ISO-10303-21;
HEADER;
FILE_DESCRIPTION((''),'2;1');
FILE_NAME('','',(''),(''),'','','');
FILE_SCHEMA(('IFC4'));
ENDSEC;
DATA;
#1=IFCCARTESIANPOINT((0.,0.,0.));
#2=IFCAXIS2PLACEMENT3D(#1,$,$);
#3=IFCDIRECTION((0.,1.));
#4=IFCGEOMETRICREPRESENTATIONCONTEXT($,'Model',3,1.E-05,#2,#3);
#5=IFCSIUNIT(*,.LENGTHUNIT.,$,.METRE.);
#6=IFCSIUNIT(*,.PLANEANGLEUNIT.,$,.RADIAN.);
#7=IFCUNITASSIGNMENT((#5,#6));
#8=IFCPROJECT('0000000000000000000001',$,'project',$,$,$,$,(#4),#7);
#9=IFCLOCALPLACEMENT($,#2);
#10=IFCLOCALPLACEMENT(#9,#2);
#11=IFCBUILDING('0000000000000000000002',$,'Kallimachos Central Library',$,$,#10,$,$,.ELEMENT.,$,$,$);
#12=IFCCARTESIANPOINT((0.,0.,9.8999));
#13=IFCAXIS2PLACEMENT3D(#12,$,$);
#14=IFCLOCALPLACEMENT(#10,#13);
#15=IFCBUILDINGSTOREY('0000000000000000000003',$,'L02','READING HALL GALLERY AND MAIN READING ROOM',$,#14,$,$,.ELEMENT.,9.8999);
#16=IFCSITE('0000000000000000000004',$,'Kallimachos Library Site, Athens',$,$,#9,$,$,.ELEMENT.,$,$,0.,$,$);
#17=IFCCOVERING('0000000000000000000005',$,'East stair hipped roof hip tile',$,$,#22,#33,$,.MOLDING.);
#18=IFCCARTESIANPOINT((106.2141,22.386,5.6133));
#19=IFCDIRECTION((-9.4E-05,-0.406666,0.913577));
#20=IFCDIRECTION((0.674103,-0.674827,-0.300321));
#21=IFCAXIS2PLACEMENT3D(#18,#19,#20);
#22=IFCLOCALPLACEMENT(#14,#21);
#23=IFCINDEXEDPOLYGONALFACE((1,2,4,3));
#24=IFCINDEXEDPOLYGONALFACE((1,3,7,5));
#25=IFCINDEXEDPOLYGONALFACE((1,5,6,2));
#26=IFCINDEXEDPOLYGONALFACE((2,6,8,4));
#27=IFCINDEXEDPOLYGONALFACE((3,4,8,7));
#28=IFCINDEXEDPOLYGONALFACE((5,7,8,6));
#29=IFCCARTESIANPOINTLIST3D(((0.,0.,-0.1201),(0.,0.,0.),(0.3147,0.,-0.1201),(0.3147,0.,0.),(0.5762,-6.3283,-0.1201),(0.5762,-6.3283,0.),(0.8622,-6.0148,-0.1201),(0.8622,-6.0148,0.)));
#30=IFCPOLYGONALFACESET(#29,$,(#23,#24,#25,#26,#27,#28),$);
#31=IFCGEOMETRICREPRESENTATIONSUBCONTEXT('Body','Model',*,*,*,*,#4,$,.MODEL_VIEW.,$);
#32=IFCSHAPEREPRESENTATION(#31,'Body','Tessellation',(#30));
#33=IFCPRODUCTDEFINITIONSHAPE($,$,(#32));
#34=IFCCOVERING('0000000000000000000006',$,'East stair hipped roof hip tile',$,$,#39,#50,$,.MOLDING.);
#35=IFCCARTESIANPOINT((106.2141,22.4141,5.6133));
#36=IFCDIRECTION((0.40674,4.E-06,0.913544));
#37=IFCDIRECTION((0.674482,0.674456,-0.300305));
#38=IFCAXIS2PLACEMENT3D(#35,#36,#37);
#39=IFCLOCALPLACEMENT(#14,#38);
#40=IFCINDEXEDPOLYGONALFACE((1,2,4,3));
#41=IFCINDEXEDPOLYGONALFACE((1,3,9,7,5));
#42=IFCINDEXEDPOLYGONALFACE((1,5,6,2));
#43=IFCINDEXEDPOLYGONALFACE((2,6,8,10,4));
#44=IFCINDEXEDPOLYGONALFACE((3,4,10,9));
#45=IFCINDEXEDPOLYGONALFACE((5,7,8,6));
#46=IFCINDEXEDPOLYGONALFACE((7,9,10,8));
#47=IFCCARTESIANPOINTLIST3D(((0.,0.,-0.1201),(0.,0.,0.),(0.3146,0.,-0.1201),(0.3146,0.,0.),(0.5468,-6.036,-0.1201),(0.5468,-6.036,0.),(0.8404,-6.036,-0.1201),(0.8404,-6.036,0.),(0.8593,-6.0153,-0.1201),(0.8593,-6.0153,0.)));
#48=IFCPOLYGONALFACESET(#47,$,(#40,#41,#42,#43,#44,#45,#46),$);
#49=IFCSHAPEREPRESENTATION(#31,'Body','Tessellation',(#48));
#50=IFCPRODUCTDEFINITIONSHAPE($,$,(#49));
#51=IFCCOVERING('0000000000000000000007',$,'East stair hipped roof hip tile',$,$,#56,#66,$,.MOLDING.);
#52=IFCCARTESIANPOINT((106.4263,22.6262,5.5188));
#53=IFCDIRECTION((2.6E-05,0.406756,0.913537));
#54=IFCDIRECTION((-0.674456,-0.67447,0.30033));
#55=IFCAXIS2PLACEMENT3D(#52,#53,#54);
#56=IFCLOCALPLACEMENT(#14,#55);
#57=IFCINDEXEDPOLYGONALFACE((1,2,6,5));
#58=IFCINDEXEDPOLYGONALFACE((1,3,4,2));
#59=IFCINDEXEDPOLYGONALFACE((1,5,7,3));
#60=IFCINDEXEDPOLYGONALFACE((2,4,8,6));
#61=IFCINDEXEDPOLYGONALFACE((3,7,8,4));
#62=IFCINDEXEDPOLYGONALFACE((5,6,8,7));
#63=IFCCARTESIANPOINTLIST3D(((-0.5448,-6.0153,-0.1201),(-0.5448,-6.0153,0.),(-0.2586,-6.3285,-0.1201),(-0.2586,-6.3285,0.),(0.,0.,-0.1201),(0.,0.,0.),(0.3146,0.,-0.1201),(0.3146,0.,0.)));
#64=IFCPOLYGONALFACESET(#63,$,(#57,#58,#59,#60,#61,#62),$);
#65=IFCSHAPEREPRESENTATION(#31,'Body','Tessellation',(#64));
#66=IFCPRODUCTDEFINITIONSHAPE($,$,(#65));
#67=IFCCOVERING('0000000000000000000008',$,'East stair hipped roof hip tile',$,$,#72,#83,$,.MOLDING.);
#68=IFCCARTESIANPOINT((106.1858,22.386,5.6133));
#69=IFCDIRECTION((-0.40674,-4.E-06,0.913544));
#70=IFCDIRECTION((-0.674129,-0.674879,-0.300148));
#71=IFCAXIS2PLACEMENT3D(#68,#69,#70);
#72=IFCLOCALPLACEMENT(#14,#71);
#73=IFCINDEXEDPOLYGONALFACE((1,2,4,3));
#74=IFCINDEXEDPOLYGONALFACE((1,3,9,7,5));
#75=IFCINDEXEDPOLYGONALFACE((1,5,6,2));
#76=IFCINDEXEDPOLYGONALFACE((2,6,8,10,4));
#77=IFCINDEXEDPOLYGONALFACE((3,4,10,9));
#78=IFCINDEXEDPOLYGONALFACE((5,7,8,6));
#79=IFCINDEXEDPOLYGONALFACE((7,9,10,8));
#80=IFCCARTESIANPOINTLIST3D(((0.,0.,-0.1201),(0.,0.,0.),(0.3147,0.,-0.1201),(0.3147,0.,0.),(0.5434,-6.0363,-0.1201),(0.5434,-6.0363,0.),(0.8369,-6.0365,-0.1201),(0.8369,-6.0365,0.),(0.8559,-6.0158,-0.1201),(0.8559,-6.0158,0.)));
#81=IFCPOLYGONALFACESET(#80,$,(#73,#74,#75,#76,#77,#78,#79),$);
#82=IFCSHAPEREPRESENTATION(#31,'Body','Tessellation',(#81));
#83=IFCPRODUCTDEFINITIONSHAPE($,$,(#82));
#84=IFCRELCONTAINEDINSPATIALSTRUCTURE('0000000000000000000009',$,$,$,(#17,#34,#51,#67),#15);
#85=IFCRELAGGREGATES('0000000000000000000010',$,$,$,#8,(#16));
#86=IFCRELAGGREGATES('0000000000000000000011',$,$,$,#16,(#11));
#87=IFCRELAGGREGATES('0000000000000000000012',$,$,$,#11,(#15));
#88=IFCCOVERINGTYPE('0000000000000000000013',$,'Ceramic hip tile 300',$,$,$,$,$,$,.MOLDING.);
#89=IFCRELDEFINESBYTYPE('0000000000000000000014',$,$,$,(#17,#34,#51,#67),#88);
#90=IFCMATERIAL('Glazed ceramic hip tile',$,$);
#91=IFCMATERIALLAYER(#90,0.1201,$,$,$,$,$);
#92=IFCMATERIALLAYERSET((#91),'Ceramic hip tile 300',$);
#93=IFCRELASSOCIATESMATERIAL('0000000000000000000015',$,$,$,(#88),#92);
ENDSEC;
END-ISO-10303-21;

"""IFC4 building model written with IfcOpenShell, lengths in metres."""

from ifc_helpers import new_model, si_unit, direction, frame, origin, place, context, subcontext, project, spatial, polyline, outline, extrude, material, layer, layer_set, type_object, element, save


model = new_model("IFC4")

# Units and contexts
model_context = context("Model", 3, precision=1e-05, world=origin(), true_north=direction((0.0, 1.0)))
body_context = subcontext(model_context, "Body", "Model", "MODEL_VIEW")
ifc_project = project(units=[si_unit("LENGTHUNIT", "METRE"), si_unit("PLANEANGLEUNIT", "RADIAN")], contexts=[model_context])

# Site, building, storey
site_placement = place(None, origin())
site = spatial("IfcSite", under=ifc_project, at=site_placement, Name="Kallimachos Library Site, Athens", CompositionType="ELEMENT", RefElevation=0.0)
building_placement = place(site_placement, origin())
building = spatial("IfcBuilding", under=site, at=building_placement, Name="Kallimachos Central Library", CompositionType="ELEMENT")
storey_placement = place(building_placement, frame((0.0, 0.0, 9.8999)))
storey = spatial("IfcBuildingStorey", under=building, at=storey_placement, Name="L02", Description="READING HALL GALLERY AND MAIN READING ROOM", CompositionType="ELEMENT", Elevation=9.8999)

# Coverings
ifc_material_1 = material(Name="Glazed ceramic hip tile")
ifc_layer_1 = layer(ifc_material_1, 0.1201)
ifc_layer_set_1 = layer_set([ifc_layer_1], Name="Ceramic hip tile 300")
covering_type_1 = type_object("IfcCoveringType", Name="Ceramic hip tile 300", PredefinedType="MOLDING", material=ifc_layer_set_1)
covering_1_placement = place(storey_placement, frame((106.2141, 22.386, 5.6133), z_axis=(-0.000094, -0.406666, 0.913577), x_axis=(0.674103, -0.674827, -0.300321)))
element("IfcCovering", 1, at=covering_1_placement, inside=storey, type_object=covering_type_1, Name="East stair hipped roof hip tile", PredefinedType="MOLDING", context=body_context, shape_type="SweptSolid", body=[
    extrude(outline(polyline([(0.0, 0.0), (0.3147, 0.0), (0.8622, -6.0148), (0.5762, -6.3283), (0.0, 0.0)])), origin(), (0.0, 0.0, -1.0), 0.1201),
])
covering_2_placement = place(storey_placement, frame((106.2141, 22.4141, 5.6133), z_axis=(0.40674, 0.000004, 0.913544), x_axis=(0.674482, 0.674456, -0.300305)))
element("IfcCovering", 2, at=covering_2_placement, inside=storey, type_object=covering_type_1, Name="East stair hipped roof hip tile", PredefinedType="MOLDING", context=body_context, shape_type="SweptSolid", body=[
    extrude(outline(polyline([(0.0, 0.0), (0.3146, 0.0), (0.8593, -6.0153), (0.8404, -6.036), (0.5468, -6.036), (0.0, 0.0)])), origin(), (0.0, 0.0, -1.0), 0.1201),
])
covering_3_placement = place(storey_placement, frame((106.4263, 22.6262, 5.5188), z_axis=(0.000026, 0.406756, 0.913537), x_axis=(-0.674456, -0.67447, 0.30033)))
element("IfcCovering", 3, at=covering_3_placement, inside=storey, type_object=covering_type_1, Name="East stair hipped roof hip tile", PredefinedType="MOLDING", context=body_context, shape_type="SweptSolid", body=[
    extrude(outline(polyline([(0.0, 0.0), (0.3146, 0.0), (-0.2586, -6.3285), (-0.5448, -6.0153), (0.0, 0.0)])), origin(), (0.0, 0.0, -1.0), 0.1201),
])
covering_4_placement = place(storey_placement, frame((106.1858, 22.386, 5.6133), z_axis=(-0.40674, -0.000004, 0.913544), x_axis=(-0.674129, -0.674879, -0.300148)))
element("IfcCovering", 4, at=covering_4_placement, inside=storey, type_object=covering_type_1, Name="East stair hipped roof hip tile", PredefinedType="MOLDING", context=body_context, shape_type="SweptSolid", body=[
    extrude(outline(polyline([(0.0, 0.0), (0.3147, 0.0), (0.8559, -6.0158), (0.8369, -6.0365), (0.5434, -6.0363), (0.0, 0.0)])), origin(), (0.0, 0.0, -1.0), 0.1201),
])

save(model, "model.ifc")
